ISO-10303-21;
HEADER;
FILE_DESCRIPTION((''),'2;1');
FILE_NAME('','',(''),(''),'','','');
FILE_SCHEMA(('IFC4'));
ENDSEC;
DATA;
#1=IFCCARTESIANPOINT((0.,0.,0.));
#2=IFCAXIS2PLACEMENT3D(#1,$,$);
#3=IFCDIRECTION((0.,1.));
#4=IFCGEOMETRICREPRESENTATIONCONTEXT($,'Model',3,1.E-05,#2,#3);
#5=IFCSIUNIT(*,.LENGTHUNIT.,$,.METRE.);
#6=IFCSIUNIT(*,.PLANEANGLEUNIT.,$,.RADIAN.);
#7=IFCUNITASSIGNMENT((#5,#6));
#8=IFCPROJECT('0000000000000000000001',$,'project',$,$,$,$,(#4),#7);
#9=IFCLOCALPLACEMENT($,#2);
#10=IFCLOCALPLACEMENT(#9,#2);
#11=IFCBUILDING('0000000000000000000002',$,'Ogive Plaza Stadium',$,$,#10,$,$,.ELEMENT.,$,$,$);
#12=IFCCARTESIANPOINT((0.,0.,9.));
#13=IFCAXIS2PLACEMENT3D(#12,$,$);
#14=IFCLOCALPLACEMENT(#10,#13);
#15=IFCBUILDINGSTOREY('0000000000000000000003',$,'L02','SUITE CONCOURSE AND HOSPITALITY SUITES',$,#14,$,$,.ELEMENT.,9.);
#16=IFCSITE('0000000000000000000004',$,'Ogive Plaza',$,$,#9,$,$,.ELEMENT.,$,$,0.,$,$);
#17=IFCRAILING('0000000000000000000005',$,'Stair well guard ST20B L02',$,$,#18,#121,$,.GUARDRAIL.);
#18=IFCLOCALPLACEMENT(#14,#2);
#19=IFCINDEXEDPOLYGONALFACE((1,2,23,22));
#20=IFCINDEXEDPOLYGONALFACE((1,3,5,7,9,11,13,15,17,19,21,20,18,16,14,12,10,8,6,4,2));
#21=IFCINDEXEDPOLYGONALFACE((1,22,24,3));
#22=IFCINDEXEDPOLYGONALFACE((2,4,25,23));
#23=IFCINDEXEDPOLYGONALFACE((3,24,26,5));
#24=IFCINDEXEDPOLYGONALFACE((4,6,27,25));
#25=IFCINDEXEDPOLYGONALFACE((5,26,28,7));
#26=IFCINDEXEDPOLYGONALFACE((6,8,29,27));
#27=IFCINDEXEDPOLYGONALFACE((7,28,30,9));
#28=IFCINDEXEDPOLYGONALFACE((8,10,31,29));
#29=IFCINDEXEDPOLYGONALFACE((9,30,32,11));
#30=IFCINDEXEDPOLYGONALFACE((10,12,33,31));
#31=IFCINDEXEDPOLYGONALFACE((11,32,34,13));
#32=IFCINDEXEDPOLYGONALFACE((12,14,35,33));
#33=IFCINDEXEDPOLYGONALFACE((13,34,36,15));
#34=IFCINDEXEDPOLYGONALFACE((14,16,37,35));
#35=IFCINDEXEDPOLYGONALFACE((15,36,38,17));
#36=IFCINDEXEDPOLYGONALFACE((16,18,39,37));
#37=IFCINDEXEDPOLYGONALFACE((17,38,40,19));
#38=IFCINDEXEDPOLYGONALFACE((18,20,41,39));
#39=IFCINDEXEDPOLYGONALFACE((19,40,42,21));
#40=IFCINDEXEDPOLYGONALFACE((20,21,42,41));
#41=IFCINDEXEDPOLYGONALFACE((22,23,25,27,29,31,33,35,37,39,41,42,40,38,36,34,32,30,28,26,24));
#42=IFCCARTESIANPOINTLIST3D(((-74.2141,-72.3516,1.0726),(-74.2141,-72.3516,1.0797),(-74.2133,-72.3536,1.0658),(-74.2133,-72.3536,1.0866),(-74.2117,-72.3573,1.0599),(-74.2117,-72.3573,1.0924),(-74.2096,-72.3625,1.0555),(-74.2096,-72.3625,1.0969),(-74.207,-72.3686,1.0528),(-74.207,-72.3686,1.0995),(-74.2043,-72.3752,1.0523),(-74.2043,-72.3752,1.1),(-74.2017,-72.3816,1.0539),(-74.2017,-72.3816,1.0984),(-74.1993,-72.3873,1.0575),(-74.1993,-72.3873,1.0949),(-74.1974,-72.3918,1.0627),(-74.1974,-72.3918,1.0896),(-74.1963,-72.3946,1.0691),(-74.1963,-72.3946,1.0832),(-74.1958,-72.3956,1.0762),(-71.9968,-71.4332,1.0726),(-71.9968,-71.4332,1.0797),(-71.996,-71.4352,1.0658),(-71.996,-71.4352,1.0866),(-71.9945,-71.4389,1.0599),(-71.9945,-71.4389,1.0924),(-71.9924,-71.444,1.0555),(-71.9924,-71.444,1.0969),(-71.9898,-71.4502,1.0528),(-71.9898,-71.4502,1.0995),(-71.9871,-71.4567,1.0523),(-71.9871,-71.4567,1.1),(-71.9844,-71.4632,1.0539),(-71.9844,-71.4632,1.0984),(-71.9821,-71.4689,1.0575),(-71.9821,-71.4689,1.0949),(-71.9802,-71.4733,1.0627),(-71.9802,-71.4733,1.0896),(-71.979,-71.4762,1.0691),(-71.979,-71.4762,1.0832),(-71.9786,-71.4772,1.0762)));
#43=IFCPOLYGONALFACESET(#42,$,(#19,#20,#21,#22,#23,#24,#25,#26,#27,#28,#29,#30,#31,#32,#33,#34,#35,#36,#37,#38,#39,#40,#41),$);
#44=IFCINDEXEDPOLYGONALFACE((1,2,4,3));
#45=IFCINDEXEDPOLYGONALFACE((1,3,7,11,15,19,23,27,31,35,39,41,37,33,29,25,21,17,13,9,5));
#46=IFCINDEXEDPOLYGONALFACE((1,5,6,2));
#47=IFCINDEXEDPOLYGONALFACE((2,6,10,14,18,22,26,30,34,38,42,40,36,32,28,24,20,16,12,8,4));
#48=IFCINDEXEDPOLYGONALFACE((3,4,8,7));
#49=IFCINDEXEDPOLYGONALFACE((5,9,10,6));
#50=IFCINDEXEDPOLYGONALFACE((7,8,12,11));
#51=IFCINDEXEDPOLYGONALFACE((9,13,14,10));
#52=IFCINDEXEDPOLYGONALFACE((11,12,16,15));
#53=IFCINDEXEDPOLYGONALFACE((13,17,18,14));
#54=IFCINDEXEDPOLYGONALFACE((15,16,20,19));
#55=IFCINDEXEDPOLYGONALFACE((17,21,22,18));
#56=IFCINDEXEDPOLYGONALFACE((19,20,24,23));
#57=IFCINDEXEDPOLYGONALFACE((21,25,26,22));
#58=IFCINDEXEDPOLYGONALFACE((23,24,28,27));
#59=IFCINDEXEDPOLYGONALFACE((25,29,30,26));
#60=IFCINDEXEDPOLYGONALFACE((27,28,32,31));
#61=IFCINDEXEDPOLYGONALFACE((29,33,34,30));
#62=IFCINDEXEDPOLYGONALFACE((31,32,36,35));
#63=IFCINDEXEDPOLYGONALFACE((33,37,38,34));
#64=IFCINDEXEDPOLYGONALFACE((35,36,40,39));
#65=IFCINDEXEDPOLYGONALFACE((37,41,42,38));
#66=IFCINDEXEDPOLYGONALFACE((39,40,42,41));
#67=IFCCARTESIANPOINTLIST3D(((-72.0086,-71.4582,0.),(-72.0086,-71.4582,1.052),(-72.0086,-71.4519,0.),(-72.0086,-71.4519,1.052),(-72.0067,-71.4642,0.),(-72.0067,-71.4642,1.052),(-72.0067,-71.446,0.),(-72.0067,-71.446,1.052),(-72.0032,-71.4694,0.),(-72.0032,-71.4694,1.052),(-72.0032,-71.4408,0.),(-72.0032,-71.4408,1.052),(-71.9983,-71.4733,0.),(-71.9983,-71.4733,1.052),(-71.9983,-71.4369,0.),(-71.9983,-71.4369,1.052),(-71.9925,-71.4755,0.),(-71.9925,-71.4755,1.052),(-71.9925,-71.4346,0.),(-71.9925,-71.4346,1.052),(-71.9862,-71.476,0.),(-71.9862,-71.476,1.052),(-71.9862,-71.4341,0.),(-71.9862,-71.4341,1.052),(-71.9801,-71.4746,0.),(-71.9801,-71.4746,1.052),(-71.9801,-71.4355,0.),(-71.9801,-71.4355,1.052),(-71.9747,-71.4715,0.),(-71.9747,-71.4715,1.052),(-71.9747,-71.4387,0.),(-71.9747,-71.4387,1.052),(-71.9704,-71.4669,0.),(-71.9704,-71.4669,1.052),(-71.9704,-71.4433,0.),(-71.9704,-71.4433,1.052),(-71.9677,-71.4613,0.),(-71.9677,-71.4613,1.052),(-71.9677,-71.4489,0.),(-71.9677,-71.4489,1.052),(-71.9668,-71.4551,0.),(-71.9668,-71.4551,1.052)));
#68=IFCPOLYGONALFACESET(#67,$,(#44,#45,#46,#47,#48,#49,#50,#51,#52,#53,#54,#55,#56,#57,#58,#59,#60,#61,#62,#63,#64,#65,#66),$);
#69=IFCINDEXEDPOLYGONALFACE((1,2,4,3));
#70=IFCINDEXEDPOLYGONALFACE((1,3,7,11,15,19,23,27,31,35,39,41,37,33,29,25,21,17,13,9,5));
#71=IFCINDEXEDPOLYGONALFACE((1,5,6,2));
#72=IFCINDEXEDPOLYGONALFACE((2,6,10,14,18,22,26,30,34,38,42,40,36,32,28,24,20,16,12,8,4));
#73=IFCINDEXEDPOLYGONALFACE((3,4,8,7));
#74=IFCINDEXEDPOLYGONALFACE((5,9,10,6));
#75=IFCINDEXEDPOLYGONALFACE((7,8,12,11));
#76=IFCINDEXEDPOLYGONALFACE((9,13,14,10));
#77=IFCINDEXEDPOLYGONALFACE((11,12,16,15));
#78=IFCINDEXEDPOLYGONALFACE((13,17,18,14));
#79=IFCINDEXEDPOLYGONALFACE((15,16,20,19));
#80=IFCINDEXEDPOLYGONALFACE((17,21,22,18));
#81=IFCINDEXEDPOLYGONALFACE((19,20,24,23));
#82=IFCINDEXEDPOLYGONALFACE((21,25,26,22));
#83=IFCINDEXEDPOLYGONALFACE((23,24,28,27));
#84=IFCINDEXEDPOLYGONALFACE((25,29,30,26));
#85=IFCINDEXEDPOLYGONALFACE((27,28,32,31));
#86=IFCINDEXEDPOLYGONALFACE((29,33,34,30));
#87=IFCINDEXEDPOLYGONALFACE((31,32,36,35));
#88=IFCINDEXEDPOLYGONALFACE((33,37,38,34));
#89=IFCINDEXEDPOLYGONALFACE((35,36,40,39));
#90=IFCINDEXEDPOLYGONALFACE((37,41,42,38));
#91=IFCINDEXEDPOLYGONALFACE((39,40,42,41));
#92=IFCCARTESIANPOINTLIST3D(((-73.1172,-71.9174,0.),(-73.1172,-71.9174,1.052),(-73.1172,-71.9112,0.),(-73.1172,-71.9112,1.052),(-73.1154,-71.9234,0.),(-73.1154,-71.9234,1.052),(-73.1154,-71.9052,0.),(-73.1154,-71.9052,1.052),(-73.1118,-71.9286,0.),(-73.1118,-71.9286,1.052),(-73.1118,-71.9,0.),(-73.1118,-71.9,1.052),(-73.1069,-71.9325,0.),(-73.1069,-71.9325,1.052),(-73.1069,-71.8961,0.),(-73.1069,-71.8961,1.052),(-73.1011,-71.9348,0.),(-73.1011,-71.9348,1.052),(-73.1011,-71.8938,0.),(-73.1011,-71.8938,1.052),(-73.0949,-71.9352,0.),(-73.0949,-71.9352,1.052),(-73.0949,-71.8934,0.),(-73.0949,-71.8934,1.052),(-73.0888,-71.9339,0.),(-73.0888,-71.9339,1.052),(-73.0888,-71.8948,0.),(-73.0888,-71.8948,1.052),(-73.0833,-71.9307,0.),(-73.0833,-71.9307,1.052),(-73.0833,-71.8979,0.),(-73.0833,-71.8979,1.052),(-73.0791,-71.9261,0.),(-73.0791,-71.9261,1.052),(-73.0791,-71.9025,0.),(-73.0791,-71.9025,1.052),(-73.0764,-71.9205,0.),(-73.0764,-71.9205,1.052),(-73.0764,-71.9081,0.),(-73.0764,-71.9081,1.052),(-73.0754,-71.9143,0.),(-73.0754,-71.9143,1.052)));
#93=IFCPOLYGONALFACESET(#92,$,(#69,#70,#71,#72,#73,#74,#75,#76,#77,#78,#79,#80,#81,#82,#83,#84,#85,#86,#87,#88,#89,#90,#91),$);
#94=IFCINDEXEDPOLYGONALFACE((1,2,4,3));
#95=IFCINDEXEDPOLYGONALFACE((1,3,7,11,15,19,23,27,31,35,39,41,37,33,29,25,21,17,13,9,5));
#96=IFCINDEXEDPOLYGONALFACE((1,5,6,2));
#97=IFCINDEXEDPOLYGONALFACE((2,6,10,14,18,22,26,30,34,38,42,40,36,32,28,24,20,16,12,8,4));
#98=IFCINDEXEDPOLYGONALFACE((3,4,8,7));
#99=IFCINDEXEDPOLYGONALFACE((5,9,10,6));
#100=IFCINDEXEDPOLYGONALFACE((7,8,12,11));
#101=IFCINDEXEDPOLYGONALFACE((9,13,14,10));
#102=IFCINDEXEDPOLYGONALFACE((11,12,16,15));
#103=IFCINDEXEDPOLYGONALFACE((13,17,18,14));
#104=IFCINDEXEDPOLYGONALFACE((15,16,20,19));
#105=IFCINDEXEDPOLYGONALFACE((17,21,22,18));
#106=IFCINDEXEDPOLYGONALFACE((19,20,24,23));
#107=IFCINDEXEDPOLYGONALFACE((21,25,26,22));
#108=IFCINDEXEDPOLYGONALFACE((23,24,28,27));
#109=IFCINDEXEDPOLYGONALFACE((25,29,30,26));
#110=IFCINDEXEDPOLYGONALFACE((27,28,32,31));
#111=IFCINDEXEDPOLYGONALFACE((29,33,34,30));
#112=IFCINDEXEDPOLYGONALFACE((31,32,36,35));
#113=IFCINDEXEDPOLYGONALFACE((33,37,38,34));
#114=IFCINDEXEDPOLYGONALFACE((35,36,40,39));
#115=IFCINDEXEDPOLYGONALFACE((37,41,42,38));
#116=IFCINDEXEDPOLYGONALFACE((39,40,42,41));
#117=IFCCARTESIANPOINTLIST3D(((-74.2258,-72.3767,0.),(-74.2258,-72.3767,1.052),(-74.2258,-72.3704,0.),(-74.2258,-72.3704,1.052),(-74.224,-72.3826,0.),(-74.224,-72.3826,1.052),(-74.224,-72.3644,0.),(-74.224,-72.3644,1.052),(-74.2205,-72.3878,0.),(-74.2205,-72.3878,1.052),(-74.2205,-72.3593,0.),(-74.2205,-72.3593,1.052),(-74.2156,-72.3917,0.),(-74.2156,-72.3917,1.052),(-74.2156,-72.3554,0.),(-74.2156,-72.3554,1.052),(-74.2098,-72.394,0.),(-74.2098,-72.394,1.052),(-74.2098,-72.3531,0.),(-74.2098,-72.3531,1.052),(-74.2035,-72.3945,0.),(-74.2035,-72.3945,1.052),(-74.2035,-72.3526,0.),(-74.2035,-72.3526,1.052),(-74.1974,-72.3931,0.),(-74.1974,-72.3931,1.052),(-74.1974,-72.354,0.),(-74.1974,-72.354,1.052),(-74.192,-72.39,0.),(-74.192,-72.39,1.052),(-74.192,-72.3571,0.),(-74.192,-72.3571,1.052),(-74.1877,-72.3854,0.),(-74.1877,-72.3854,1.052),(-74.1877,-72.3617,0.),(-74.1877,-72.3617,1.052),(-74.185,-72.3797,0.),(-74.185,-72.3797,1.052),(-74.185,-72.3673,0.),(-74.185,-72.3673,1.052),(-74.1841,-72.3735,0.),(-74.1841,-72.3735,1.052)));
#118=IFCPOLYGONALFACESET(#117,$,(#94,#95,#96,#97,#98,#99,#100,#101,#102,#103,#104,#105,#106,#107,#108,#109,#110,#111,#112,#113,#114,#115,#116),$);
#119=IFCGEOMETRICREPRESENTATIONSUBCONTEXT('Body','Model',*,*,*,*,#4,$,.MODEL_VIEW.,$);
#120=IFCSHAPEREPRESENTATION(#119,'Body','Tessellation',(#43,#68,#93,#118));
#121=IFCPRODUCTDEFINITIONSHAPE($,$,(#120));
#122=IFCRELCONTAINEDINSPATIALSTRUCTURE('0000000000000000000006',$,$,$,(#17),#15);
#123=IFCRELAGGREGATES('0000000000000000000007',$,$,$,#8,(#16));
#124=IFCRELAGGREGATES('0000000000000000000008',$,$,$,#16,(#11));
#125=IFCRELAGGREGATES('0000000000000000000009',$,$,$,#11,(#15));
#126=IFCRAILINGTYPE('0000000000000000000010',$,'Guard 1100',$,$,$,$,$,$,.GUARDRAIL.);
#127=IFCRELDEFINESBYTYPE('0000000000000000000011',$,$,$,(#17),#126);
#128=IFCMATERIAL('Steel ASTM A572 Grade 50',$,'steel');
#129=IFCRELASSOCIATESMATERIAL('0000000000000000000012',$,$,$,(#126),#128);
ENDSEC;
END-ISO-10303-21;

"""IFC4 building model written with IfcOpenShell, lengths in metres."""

from ifc_helpers import new_model, si_unit, direction, frame, origin, origin_2d, place, context, subcontext, project, spatial, circle, extrude, material, type_object, element, save


model = new_model("IFC4")

# Units and contexts
model_context = context("Model", 3, precision=1e-05, world=origin(), true_north=direction((0.0, 1.0)))
body_context = subcontext(model_context, "Body", "Model", "MODEL_VIEW")
ifc_project = project(units=[si_unit("LENGTHUNIT", "METRE"), si_unit("PLANEANGLEUNIT", "RADIAN")], contexts=[model_context])

# Site, building, storey
site_placement = place(None, origin())
site = spatial("IfcSite", under=ifc_project, at=site_placement, Name="Ogive Plaza", CompositionType="ELEMENT", RefElevation=0.0)
building_placement = place(site_placement, origin())
building = spatial("IfcBuilding", under=site, at=building_placement, Name="Ogive Plaza Stadium", CompositionType="ELEMENT")
storey_placement = place(building_placement, frame((0.0, 0.0, 9.0)))
storey = spatial("IfcBuildingStorey", under=building, at=storey_placement, Name="L02", Description="SUITE CONCOURSE AND HOSPITALITY SUITES", CompositionType="ELEMENT", Elevation=9.0)

# Railing
ifc_material_1 = material(Name="Steel ASTM A572 Grade 50", Category="steel")
railing_type_1 = type_object("IfcRailingType", Name="Guard 1100", PredefinedType="GUARDRAIL", material=ifc_material_1)
railing_1_placement = place(storey_placement, frame((-71.9878, -71.4551, 0.0)))
element("IfcRailing", 1, at=railing_1_placement, inside=storey, type_object=railing_type_1, Name="Stair well guard ST20B L02", PredefinedType="GUARDRAIL", context=body_context, shape_type="SweptSolid", body=[
    extrude(circle(Radius=0.0239, at=origin_2d()), frame((0.0, 0.0, 1.0762), z_axis=(-0.923875, -0.382693, 0.0), x_axis=(0.382693, -0.923875, 0.0)), (0.0, 0.0, 1.0), 2.3999),
    extrude(circle(Radius=0.021, at=origin_2d()), origin(), (0.0, 0.0, 1.0), 1.052),
    extrude(circle(Radius=0.021, at=origin_2d()), frame((-1.1086, -0.4592, 0.0)), (0.0, 0.0, 1.0), 1.052),
    extrude(circle(Radius=0.021, at=origin_2d()), frame((-2.2173, -0.9185, 0.0)), (0.0, 0.0, 1.0), 1.052),
])

save(model, "model.ifc")
